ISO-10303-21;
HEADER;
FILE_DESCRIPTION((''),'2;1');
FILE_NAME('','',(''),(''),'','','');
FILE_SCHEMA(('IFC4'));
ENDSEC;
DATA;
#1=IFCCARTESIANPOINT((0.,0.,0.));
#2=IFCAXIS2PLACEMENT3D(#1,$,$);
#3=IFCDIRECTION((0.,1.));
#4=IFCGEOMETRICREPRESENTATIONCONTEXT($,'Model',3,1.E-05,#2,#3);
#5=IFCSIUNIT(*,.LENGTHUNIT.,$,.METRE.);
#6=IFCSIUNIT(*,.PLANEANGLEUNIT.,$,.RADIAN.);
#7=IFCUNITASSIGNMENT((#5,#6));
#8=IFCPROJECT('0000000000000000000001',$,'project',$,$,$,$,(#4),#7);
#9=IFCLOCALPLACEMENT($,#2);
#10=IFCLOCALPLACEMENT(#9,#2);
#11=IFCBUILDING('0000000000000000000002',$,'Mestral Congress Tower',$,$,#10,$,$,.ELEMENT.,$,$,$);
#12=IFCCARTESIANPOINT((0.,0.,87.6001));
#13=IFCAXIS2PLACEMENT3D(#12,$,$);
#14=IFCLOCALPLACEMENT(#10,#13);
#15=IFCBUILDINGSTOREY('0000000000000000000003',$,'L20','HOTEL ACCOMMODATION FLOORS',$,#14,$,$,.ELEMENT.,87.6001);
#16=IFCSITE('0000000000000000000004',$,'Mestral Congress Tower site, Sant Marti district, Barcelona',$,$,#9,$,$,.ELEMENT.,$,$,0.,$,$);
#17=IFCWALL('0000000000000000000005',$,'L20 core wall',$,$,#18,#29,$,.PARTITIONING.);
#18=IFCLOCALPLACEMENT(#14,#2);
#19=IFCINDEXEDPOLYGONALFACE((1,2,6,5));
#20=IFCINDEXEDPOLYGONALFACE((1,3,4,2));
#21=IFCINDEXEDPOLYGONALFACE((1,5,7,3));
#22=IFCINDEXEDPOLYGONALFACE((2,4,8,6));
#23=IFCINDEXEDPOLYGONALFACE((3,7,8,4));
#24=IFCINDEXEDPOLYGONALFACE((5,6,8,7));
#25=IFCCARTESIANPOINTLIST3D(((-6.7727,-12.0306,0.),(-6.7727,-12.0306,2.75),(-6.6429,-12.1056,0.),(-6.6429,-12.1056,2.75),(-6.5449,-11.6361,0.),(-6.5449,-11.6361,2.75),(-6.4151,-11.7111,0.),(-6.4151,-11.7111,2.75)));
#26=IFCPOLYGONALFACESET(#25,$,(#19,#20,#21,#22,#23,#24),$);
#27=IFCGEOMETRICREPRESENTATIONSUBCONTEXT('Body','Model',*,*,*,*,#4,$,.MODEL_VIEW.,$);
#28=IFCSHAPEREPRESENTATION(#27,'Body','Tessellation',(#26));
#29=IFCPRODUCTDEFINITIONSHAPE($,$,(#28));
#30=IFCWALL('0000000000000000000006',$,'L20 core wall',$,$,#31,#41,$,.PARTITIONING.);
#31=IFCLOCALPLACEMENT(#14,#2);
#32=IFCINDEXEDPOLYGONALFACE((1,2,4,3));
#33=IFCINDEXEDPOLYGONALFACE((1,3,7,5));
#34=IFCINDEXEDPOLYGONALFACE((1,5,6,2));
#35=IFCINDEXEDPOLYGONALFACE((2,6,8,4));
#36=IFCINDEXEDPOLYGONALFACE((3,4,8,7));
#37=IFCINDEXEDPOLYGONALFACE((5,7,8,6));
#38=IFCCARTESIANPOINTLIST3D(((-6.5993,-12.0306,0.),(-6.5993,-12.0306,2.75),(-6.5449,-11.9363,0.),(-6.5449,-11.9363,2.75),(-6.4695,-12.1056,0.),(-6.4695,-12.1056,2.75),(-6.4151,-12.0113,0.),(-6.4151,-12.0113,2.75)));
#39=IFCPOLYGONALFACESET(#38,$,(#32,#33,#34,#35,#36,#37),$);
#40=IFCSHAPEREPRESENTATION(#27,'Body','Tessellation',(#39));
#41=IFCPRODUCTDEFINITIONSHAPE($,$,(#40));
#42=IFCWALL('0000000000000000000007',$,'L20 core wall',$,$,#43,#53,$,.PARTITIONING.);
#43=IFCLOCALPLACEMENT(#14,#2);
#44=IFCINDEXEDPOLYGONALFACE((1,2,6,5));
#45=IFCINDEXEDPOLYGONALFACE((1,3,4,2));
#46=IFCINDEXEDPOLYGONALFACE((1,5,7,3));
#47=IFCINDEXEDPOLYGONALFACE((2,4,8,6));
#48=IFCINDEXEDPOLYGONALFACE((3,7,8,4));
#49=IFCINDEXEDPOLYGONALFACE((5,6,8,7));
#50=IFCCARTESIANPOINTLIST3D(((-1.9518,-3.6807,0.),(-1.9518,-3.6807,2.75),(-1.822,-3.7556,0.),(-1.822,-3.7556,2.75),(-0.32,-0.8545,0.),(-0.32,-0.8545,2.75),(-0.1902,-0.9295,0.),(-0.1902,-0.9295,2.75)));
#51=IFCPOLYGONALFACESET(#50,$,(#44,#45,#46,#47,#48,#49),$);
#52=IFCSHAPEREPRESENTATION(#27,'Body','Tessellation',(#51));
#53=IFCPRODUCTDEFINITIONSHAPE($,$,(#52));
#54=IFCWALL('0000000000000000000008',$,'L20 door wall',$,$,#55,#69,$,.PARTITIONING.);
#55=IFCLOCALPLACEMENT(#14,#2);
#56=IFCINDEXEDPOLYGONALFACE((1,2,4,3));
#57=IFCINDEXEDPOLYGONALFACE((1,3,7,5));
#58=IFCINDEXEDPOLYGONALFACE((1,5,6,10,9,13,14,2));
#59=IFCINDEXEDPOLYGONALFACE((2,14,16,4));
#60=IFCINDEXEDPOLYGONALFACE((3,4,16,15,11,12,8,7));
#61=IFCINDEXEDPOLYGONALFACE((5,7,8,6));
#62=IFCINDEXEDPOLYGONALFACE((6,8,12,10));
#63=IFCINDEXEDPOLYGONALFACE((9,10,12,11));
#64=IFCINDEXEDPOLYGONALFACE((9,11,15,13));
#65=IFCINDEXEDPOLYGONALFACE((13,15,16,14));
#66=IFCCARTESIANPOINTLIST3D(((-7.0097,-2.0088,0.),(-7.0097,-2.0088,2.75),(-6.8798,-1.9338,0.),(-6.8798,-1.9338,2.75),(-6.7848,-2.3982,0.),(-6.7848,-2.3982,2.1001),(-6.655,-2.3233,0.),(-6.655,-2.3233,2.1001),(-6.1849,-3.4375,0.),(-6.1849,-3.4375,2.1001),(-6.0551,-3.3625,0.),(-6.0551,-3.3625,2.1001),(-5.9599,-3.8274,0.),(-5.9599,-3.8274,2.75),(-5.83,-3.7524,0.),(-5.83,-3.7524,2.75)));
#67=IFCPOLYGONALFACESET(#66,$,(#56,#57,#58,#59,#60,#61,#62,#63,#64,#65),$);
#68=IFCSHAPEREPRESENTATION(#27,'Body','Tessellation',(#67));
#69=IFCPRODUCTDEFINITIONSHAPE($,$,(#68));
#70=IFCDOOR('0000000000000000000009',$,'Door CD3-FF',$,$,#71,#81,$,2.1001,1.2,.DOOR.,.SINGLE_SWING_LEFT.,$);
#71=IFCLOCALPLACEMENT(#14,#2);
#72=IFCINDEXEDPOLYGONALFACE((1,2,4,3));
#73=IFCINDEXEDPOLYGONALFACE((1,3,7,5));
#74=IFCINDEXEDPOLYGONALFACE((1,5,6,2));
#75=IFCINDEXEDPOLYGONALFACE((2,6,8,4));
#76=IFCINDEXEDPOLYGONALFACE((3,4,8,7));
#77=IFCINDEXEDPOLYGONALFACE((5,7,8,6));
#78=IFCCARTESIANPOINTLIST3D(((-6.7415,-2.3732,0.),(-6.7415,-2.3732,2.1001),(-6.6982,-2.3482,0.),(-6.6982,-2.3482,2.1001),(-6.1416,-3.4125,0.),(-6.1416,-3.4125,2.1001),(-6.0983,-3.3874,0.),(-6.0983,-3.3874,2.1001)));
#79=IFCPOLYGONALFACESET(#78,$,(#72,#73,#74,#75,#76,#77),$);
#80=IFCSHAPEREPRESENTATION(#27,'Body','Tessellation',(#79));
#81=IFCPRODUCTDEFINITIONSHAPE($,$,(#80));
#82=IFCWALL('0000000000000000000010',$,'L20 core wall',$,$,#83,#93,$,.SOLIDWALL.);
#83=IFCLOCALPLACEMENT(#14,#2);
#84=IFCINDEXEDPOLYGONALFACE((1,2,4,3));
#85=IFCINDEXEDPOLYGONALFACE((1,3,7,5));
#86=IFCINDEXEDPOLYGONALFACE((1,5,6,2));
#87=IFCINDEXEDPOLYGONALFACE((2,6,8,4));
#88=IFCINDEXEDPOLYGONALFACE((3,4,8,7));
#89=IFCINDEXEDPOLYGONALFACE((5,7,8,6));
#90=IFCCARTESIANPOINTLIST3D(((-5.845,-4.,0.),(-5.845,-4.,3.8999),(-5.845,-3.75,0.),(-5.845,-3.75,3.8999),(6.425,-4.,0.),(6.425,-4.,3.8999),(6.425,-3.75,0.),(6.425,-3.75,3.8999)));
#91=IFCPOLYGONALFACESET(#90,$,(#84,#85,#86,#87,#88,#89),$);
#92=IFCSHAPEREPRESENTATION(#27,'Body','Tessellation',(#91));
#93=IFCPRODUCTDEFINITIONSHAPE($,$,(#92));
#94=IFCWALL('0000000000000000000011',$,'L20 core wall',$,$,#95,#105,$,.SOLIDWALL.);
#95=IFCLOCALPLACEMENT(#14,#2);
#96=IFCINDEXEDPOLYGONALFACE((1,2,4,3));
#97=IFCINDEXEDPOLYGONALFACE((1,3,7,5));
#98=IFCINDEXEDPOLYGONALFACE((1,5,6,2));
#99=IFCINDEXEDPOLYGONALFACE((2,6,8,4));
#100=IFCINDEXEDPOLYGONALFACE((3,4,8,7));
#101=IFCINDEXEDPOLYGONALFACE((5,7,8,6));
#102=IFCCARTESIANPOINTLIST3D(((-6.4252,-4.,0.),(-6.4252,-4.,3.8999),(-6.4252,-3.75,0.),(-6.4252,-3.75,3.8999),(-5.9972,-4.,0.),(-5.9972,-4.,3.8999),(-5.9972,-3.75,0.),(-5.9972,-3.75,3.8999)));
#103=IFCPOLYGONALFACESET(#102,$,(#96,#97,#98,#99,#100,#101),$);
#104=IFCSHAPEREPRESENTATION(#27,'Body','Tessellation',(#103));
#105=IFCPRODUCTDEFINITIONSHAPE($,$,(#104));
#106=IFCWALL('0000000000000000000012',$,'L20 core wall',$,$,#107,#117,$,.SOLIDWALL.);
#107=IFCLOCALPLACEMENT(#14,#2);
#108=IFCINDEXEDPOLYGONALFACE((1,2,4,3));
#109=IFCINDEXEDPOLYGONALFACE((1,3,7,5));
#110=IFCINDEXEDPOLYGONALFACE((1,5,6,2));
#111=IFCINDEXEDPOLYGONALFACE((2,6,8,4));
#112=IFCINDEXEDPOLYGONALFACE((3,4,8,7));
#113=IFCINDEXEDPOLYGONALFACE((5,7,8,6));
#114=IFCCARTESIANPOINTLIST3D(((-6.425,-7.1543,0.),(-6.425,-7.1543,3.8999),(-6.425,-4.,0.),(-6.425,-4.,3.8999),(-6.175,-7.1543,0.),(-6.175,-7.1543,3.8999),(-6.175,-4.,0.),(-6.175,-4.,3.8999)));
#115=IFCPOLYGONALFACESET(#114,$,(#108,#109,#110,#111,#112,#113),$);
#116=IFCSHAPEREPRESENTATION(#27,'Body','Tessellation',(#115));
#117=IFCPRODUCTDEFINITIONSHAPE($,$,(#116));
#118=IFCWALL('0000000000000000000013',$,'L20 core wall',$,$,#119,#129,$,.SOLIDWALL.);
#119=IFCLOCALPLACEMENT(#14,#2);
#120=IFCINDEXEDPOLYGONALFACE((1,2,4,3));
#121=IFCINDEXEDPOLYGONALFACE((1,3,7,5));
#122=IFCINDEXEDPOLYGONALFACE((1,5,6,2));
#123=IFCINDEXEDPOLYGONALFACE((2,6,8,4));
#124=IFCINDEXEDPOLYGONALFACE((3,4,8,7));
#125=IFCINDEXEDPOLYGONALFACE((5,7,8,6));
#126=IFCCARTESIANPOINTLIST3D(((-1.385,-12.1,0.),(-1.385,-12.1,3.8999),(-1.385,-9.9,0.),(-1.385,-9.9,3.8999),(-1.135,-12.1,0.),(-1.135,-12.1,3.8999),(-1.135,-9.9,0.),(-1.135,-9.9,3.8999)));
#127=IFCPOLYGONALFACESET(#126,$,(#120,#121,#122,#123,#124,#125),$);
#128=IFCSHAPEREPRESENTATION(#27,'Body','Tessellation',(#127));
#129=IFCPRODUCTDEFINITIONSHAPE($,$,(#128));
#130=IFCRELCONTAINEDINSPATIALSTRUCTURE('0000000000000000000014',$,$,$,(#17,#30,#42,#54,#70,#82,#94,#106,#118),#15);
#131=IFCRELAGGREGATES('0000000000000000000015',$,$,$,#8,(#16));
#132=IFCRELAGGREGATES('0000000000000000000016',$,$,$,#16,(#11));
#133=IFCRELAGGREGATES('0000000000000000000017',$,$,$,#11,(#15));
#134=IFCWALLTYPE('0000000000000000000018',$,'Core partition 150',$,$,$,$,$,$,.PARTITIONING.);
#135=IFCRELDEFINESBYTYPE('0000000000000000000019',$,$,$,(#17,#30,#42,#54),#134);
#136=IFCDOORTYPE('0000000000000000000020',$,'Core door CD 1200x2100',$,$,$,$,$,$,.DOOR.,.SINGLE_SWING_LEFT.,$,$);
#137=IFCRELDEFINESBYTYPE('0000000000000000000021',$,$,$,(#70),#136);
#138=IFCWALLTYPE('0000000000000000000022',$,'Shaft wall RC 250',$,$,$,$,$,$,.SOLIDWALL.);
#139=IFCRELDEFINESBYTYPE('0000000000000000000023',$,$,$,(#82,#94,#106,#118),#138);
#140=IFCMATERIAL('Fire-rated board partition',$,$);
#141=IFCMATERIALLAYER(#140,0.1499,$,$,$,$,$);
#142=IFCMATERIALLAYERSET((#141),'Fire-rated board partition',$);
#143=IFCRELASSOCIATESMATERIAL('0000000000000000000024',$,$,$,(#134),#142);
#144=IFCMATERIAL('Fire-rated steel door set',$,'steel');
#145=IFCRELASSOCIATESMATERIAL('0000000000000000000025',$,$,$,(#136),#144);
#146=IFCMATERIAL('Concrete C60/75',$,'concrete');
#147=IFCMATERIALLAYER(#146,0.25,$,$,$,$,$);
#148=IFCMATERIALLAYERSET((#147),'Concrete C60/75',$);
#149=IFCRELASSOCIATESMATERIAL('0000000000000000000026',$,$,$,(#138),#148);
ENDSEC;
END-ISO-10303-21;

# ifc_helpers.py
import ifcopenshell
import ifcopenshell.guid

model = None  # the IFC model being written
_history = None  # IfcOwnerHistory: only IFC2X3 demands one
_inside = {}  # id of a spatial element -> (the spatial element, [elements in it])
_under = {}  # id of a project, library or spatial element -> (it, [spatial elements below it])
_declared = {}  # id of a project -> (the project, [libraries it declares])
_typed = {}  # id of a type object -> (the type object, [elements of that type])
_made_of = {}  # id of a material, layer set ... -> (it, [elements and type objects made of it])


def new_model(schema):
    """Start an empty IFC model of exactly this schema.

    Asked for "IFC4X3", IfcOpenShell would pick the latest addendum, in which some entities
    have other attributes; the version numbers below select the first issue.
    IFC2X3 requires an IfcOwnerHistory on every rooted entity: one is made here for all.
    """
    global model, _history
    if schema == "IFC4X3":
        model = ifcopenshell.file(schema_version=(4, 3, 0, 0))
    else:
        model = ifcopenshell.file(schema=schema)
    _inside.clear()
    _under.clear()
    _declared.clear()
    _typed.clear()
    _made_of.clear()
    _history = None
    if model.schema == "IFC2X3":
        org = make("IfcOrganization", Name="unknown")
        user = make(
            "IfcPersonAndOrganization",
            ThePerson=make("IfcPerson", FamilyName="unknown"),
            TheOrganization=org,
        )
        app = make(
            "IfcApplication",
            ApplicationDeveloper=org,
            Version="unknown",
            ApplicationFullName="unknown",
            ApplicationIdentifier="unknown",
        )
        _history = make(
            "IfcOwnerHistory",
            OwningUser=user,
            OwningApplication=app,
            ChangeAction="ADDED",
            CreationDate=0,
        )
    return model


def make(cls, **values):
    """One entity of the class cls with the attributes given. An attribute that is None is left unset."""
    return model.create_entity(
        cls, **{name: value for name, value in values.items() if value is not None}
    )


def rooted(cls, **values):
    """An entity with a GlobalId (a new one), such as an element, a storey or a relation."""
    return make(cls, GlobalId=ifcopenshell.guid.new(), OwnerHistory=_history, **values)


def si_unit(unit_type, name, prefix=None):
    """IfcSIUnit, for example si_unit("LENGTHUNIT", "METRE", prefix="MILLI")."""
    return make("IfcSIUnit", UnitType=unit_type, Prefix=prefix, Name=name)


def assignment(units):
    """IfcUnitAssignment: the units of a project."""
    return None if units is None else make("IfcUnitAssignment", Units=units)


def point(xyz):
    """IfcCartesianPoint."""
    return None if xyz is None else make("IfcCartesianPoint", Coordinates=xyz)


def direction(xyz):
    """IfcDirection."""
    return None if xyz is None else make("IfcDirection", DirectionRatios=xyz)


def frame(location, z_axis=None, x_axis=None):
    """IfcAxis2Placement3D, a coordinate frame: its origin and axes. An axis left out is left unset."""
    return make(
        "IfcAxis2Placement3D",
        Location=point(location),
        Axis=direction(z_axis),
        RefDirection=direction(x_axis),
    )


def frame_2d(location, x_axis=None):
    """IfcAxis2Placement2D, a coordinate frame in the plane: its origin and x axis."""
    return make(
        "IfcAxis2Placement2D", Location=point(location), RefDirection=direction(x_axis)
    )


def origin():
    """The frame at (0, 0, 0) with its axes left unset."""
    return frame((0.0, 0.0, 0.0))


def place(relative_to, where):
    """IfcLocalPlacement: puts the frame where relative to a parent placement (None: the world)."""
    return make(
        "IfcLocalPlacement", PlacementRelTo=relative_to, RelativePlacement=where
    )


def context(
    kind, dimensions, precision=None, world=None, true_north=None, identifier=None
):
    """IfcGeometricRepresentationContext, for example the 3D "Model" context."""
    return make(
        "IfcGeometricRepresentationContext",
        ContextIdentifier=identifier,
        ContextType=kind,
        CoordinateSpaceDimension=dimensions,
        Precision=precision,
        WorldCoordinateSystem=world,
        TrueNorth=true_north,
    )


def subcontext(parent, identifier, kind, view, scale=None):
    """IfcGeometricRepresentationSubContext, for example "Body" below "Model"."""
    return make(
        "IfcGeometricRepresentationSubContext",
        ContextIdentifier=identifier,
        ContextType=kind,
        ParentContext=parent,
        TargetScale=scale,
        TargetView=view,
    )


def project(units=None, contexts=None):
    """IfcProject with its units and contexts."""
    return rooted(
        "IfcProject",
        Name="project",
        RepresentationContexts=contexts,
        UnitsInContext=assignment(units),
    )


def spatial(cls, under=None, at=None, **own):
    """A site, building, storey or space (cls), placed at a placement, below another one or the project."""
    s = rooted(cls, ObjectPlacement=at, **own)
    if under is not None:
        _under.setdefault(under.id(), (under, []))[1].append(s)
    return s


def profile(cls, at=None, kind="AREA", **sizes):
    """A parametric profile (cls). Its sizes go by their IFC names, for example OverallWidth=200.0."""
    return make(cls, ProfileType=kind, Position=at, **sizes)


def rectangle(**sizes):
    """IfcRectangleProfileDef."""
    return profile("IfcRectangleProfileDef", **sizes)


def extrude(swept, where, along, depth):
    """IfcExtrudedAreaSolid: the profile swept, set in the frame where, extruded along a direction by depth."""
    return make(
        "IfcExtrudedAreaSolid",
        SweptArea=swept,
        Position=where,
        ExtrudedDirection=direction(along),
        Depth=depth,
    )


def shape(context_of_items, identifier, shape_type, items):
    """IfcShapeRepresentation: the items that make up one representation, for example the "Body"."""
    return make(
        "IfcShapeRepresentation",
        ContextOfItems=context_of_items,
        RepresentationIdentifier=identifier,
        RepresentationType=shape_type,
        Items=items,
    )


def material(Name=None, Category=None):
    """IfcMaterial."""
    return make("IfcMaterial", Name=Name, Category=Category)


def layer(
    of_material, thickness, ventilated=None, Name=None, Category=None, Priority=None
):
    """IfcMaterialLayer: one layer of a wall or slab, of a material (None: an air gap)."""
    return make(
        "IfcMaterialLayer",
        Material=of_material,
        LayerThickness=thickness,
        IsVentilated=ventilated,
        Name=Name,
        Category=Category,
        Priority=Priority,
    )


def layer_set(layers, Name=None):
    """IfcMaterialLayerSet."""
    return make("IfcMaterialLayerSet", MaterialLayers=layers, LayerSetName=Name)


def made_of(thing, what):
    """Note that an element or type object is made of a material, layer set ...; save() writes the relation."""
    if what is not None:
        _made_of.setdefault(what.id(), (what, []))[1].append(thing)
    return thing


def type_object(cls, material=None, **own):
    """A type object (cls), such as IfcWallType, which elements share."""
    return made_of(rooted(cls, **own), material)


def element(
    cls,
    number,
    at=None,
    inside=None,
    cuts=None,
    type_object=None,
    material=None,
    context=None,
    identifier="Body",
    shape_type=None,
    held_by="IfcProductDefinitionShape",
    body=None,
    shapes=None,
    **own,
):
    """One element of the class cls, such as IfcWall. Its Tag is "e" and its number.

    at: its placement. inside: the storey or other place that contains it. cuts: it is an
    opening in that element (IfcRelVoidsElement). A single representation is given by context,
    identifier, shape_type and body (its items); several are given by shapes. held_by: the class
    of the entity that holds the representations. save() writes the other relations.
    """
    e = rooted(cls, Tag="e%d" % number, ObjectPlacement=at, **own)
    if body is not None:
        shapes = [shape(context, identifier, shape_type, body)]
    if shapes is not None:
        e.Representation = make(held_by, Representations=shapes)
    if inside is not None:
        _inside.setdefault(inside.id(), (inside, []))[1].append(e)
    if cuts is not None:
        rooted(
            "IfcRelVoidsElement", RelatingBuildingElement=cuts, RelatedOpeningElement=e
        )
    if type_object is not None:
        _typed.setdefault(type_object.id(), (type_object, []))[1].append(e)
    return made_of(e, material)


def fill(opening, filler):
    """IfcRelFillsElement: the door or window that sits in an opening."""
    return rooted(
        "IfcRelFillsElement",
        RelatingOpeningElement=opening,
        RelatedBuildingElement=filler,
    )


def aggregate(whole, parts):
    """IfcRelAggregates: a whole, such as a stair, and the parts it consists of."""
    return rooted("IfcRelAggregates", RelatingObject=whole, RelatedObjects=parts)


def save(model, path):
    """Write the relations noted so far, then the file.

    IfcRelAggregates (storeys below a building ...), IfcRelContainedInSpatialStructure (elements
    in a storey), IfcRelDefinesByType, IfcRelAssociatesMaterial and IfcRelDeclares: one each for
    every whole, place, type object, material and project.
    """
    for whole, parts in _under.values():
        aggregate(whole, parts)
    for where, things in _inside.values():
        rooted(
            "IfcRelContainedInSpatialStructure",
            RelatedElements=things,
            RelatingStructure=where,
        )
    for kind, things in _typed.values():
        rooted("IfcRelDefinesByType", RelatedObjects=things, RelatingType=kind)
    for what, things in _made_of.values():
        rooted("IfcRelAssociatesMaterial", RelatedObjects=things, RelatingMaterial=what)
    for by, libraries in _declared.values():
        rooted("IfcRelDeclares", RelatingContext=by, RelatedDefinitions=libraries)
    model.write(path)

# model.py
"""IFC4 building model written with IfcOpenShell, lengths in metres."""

from ifc_helpers import new_model, si_unit, direction, frame, frame_2d, origin, place, context, subcontext, project, spatial, rectangle, extrude, material, layer, layer_set, type_object, element, fill, save


model = new_model("IFC4")

# Units and contexts
model_context = context("Model", 3, precision=1e-05, world=origin(), true_north=direction((0.0, 1.0)))
body_context = subcontext(model_context, "Body", "Model", "MODEL_VIEW")
ifc_project = project(units=[si_unit("LENGTHUNIT", "METRE"), si_unit("PLANEANGLEUNIT", "RADIAN")], contexts=[model_context])

# Site, building, storey
site_placement = place(None, origin())
site = spatial("IfcSite", under=ifc_project, at=site_placement, Name="Mestral Congress Tower site, Sant Marti district, Barcelona", CompositionType="ELEMENT", RefElevation=0.0)
building_placement = place(site_placement, origin())
building = spatial("IfcBuilding", under=site, at=building_placement, Name="Mestral Congress Tower", CompositionType="ELEMENT")
storey_placement = place(building_placement, frame((0.0, 0.0, 87.6001)))
storey = spatial("IfcBuildingStorey", under=building, at=storey_placement, Name="L20", Description="HOTEL ACCOMMODATION FLOORS", CompositionType="ELEMENT", Elevation=87.6001)

# Walls
ifc_material_1 = material(Name="Fire-rated board partition")
ifc_layer_1 = layer(ifc_material_1, 0.1499)
ifc_layer_set_1 = layer_set([ifc_layer_1], Name="Fire-rated board partition")
wall_type_1 = type_object("IfcWallType", Name="Core partition 150", PredefinedType="PARTITIONING", material=ifc_layer_set_1)
wall_1_placement = place(storey_placement, frame((-6.7078, -12.0681, 0.0), z_axis=(0.0, 0.0, 1.0), x_axis=(0.500001, 0.866025, 0.0)))
element("IfcWall", 1, at=wall_1_placement, inside=storey, type_object=wall_type_1, Name="L20 core wall", PredefinedType="PARTITIONING", context=body_context, shape_type="SweptSolid", body=[
    extrude(rectangle(XDim=0.4556, YDim=0.1499, at=frame_2d((0.2278, 0.0))), origin(), (0.0, 0.0, 1.0), 2.75),
])
wall_2_placement = place(storey_placement, frame((-6.5344, -12.0681, 0.0), z_axis=(0.0, 0.0, 1.0), x_axis=(0.50024, 0.865887, 0.0)))
element("IfcWall", 2, at=wall_2_placement, inside=storey, type_object=wall_type_1, Name="L20 core wall", PredefinedType="PARTITIONING", context=body_context, shape_type="SweptSolid", body=[
    extrude(rectangle(XDim=0.1089, YDim=0.1499, at=frame_2d((0.0544, 0.0))), origin(), (0.0, 0.0, 1.0), 2.75),
])
wall_3_placement = place(storey_placement, frame((-1.887, -3.7183, 0.0), z_axis=(0.0, 0.0, 1.0), x_axis=(0.500033, 0.866006, 0.0)))
element("IfcWall", 3, at=wall_3_placement, inside=storey, type_object=wall_type_1, Name="L20 core wall", PredefinedType="PARTITIONING", context=body_context, shape_type="SweptSolid", body=[
    extrude(rectangle(XDim=3.2634, YDim=0.1499, at=frame_2d((1.6318, 0.0))), origin(), (0.0, 0.0, 1.0), 2.75),
])

# Wall, opening, door
wall_4_placement = place(storey_placement, frame((-5.895, -3.7898, 0.0), z_axis=(0.0, 0.0, 1.0), x_axis=(-0.499941, 0.86606, 0.0)))
wall_4 = element("IfcWall", 4, at=wall_4_placement, inside=storey, type_object=wall_type_1, Name="L20 door wall", PredefinedType="PARTITIONING", context=body_context, shape_type="SweptSolid", body=[
    extrude(rectangle(XDim=2.0999, YDim=0.1499, at=frame_2d((1.0498, 0.0))), origin(), (0.0, 0.0, 1.0), 2.75),
])
opening_1_placement = place(wall_4_placement, frame((0.45, 0.0, 0.0)))
opening_1 = element("IfcOpeningElement", 5, at=opening_1_placement, cuts=wall_4, PredefinedType="OPENING", context=body_context, shape_type="SweptSolid", body=[
    extrude(rectangle(XDim=1.2, YDim=2.1001, at=frame_2d((0.6001, 1.05))), frame((0.0, 0.085, 0.0), z_axis=(0.0, -1.0, 0.0), x_axis=(1.0, 0.0, 0.0)), (0.0, 0.0, 1.0), 0.1699),
])
ifc_material_2 = material(Name="Fire-rated steel door set", Category="steel")
door_type_1 = type_object("IfcDoorType", Name="Core door CD 1200x2100", OperationType="SINGLE_SWING_LEFT", PredefinedType="DOOR", material=ifc_material_2)
door_1_placement = place(opening_1_placement, origin())
door_1 = element("IfcDoor", 6, at=door_1_placement, inside=storey, type_object=door_type_1, Name="Door CD3-FF", OperationType="SINGLE_SWING_LEFT", OverallHeight=2.1001, OverallWidth=1.2, PredefinedType="DOOR", context=body_context, shape_type="SweptSolid", body=[
    extrude(rectangle(XDim=1.2, YDim=2.1001, at=frame_2d((0.6001, 1.05))), frame((0.0, 0.0249, 0.0), z_axis=(0.0, -1.0, 0.0), x_axis=(1.0, 0.0, 0.0)), (0.0, 0.0, 1.0), 0.05),
])
fill(opening_1, door_1)

# Walls
ifc_material_3 = material(Name="Concrete C60/75", Category="concrete")
ifc_layer_2 = layer(ifc_material_3, 0.25)
ifc_layer_set_2 = layer_set([ifc_layer_2], Name="Concrete C60/75")
wall_type_2 = type_object("IfcWallType", Name="Shaft wall RC 250", PredefinedType="SOLIDWALL", material=ifc_layer_set_2)
wall_5_placement = place(storey_placement, frame((-5.845, -3.875, 0.0), z_axis=(0.0, 0.0, 1.0), x_axis=(1.0, 0.0, 0.0)))
element("IfcWall", 7, at=wall_5_placement, inside=storey, type_object=wall_type_2, Name="L20 core wall", PredefinedType="SOLIDWALL", context=body_context, shape_type="SweptSolid", body=[
    extrude(rectangle(XDim=12.27, YDim=0.25, at=frame_2d((6.135, 0.0))), origin(), (0.0, 0.0, 1.0), 3.8999),
])
wall_6_placement = place(storey_placement, frame((-6.425, -3.875, 0.0), z_axis=(0.0, 0.0, 1.0), x_axis=(1.0, 0.0, 0.0)))
element("IfcWall", 8, at=wall_6_placement, inside=storey, type_object=wall_type_2, Name="L20 core wall", PredefinedType="SOLIDWALL", context=body_context, shape_type="SweptSolid", body=[
    extrude(rectangle(XDim=0.428, YDim=0.25, at=frame_2d((0.2139, 0.0))), origin(), (0.0, 0.0, 1.0), 3.8999),
])
wall_7_placement = place(storey_placement, frame((-6.3, -4.0, 0.0), z_axis=(0.0, 0.0, 1.0), x_axis=(0.0, -1.0, 0.0)))
element("IfcWall", 9, at=wall_7_placement, inside=storey, type_object=wall_type_2, Name="L20 core wall", PredefinedType="SOLIDWALL", context=body_context, shape_type="SweptSolid", body=[
    extrude(rectangle(XDim=3.1543, YDim=0.25, at=frame_2d((1.5771, 0.0))), origin(), (0.0, 0.0, 1.0), 3.8999),
])
wall_8_placement = place(storey_placement, frame((-1.26, -12.1001, 0.0), z_axis=(0.0, 0.0, 1.0), x_axis=(0.0, 1.0, 0.0)))
element("IfcWall", 10, at=wall_8_placement, inside=storey, type_object=wall_type_2, Name="L20 core wall", PredefinedType="SOLIDWALL", context=body_context, shape_type="SweptSolid", body=[
    extrude(rectangle(XDim=2.2, YDim=0.25, at=frame_2d((1.1001, 0.0))), origin(), (0.0, 0.0, 1.0), 3.8999),
])

save(model, "model.ifc")
